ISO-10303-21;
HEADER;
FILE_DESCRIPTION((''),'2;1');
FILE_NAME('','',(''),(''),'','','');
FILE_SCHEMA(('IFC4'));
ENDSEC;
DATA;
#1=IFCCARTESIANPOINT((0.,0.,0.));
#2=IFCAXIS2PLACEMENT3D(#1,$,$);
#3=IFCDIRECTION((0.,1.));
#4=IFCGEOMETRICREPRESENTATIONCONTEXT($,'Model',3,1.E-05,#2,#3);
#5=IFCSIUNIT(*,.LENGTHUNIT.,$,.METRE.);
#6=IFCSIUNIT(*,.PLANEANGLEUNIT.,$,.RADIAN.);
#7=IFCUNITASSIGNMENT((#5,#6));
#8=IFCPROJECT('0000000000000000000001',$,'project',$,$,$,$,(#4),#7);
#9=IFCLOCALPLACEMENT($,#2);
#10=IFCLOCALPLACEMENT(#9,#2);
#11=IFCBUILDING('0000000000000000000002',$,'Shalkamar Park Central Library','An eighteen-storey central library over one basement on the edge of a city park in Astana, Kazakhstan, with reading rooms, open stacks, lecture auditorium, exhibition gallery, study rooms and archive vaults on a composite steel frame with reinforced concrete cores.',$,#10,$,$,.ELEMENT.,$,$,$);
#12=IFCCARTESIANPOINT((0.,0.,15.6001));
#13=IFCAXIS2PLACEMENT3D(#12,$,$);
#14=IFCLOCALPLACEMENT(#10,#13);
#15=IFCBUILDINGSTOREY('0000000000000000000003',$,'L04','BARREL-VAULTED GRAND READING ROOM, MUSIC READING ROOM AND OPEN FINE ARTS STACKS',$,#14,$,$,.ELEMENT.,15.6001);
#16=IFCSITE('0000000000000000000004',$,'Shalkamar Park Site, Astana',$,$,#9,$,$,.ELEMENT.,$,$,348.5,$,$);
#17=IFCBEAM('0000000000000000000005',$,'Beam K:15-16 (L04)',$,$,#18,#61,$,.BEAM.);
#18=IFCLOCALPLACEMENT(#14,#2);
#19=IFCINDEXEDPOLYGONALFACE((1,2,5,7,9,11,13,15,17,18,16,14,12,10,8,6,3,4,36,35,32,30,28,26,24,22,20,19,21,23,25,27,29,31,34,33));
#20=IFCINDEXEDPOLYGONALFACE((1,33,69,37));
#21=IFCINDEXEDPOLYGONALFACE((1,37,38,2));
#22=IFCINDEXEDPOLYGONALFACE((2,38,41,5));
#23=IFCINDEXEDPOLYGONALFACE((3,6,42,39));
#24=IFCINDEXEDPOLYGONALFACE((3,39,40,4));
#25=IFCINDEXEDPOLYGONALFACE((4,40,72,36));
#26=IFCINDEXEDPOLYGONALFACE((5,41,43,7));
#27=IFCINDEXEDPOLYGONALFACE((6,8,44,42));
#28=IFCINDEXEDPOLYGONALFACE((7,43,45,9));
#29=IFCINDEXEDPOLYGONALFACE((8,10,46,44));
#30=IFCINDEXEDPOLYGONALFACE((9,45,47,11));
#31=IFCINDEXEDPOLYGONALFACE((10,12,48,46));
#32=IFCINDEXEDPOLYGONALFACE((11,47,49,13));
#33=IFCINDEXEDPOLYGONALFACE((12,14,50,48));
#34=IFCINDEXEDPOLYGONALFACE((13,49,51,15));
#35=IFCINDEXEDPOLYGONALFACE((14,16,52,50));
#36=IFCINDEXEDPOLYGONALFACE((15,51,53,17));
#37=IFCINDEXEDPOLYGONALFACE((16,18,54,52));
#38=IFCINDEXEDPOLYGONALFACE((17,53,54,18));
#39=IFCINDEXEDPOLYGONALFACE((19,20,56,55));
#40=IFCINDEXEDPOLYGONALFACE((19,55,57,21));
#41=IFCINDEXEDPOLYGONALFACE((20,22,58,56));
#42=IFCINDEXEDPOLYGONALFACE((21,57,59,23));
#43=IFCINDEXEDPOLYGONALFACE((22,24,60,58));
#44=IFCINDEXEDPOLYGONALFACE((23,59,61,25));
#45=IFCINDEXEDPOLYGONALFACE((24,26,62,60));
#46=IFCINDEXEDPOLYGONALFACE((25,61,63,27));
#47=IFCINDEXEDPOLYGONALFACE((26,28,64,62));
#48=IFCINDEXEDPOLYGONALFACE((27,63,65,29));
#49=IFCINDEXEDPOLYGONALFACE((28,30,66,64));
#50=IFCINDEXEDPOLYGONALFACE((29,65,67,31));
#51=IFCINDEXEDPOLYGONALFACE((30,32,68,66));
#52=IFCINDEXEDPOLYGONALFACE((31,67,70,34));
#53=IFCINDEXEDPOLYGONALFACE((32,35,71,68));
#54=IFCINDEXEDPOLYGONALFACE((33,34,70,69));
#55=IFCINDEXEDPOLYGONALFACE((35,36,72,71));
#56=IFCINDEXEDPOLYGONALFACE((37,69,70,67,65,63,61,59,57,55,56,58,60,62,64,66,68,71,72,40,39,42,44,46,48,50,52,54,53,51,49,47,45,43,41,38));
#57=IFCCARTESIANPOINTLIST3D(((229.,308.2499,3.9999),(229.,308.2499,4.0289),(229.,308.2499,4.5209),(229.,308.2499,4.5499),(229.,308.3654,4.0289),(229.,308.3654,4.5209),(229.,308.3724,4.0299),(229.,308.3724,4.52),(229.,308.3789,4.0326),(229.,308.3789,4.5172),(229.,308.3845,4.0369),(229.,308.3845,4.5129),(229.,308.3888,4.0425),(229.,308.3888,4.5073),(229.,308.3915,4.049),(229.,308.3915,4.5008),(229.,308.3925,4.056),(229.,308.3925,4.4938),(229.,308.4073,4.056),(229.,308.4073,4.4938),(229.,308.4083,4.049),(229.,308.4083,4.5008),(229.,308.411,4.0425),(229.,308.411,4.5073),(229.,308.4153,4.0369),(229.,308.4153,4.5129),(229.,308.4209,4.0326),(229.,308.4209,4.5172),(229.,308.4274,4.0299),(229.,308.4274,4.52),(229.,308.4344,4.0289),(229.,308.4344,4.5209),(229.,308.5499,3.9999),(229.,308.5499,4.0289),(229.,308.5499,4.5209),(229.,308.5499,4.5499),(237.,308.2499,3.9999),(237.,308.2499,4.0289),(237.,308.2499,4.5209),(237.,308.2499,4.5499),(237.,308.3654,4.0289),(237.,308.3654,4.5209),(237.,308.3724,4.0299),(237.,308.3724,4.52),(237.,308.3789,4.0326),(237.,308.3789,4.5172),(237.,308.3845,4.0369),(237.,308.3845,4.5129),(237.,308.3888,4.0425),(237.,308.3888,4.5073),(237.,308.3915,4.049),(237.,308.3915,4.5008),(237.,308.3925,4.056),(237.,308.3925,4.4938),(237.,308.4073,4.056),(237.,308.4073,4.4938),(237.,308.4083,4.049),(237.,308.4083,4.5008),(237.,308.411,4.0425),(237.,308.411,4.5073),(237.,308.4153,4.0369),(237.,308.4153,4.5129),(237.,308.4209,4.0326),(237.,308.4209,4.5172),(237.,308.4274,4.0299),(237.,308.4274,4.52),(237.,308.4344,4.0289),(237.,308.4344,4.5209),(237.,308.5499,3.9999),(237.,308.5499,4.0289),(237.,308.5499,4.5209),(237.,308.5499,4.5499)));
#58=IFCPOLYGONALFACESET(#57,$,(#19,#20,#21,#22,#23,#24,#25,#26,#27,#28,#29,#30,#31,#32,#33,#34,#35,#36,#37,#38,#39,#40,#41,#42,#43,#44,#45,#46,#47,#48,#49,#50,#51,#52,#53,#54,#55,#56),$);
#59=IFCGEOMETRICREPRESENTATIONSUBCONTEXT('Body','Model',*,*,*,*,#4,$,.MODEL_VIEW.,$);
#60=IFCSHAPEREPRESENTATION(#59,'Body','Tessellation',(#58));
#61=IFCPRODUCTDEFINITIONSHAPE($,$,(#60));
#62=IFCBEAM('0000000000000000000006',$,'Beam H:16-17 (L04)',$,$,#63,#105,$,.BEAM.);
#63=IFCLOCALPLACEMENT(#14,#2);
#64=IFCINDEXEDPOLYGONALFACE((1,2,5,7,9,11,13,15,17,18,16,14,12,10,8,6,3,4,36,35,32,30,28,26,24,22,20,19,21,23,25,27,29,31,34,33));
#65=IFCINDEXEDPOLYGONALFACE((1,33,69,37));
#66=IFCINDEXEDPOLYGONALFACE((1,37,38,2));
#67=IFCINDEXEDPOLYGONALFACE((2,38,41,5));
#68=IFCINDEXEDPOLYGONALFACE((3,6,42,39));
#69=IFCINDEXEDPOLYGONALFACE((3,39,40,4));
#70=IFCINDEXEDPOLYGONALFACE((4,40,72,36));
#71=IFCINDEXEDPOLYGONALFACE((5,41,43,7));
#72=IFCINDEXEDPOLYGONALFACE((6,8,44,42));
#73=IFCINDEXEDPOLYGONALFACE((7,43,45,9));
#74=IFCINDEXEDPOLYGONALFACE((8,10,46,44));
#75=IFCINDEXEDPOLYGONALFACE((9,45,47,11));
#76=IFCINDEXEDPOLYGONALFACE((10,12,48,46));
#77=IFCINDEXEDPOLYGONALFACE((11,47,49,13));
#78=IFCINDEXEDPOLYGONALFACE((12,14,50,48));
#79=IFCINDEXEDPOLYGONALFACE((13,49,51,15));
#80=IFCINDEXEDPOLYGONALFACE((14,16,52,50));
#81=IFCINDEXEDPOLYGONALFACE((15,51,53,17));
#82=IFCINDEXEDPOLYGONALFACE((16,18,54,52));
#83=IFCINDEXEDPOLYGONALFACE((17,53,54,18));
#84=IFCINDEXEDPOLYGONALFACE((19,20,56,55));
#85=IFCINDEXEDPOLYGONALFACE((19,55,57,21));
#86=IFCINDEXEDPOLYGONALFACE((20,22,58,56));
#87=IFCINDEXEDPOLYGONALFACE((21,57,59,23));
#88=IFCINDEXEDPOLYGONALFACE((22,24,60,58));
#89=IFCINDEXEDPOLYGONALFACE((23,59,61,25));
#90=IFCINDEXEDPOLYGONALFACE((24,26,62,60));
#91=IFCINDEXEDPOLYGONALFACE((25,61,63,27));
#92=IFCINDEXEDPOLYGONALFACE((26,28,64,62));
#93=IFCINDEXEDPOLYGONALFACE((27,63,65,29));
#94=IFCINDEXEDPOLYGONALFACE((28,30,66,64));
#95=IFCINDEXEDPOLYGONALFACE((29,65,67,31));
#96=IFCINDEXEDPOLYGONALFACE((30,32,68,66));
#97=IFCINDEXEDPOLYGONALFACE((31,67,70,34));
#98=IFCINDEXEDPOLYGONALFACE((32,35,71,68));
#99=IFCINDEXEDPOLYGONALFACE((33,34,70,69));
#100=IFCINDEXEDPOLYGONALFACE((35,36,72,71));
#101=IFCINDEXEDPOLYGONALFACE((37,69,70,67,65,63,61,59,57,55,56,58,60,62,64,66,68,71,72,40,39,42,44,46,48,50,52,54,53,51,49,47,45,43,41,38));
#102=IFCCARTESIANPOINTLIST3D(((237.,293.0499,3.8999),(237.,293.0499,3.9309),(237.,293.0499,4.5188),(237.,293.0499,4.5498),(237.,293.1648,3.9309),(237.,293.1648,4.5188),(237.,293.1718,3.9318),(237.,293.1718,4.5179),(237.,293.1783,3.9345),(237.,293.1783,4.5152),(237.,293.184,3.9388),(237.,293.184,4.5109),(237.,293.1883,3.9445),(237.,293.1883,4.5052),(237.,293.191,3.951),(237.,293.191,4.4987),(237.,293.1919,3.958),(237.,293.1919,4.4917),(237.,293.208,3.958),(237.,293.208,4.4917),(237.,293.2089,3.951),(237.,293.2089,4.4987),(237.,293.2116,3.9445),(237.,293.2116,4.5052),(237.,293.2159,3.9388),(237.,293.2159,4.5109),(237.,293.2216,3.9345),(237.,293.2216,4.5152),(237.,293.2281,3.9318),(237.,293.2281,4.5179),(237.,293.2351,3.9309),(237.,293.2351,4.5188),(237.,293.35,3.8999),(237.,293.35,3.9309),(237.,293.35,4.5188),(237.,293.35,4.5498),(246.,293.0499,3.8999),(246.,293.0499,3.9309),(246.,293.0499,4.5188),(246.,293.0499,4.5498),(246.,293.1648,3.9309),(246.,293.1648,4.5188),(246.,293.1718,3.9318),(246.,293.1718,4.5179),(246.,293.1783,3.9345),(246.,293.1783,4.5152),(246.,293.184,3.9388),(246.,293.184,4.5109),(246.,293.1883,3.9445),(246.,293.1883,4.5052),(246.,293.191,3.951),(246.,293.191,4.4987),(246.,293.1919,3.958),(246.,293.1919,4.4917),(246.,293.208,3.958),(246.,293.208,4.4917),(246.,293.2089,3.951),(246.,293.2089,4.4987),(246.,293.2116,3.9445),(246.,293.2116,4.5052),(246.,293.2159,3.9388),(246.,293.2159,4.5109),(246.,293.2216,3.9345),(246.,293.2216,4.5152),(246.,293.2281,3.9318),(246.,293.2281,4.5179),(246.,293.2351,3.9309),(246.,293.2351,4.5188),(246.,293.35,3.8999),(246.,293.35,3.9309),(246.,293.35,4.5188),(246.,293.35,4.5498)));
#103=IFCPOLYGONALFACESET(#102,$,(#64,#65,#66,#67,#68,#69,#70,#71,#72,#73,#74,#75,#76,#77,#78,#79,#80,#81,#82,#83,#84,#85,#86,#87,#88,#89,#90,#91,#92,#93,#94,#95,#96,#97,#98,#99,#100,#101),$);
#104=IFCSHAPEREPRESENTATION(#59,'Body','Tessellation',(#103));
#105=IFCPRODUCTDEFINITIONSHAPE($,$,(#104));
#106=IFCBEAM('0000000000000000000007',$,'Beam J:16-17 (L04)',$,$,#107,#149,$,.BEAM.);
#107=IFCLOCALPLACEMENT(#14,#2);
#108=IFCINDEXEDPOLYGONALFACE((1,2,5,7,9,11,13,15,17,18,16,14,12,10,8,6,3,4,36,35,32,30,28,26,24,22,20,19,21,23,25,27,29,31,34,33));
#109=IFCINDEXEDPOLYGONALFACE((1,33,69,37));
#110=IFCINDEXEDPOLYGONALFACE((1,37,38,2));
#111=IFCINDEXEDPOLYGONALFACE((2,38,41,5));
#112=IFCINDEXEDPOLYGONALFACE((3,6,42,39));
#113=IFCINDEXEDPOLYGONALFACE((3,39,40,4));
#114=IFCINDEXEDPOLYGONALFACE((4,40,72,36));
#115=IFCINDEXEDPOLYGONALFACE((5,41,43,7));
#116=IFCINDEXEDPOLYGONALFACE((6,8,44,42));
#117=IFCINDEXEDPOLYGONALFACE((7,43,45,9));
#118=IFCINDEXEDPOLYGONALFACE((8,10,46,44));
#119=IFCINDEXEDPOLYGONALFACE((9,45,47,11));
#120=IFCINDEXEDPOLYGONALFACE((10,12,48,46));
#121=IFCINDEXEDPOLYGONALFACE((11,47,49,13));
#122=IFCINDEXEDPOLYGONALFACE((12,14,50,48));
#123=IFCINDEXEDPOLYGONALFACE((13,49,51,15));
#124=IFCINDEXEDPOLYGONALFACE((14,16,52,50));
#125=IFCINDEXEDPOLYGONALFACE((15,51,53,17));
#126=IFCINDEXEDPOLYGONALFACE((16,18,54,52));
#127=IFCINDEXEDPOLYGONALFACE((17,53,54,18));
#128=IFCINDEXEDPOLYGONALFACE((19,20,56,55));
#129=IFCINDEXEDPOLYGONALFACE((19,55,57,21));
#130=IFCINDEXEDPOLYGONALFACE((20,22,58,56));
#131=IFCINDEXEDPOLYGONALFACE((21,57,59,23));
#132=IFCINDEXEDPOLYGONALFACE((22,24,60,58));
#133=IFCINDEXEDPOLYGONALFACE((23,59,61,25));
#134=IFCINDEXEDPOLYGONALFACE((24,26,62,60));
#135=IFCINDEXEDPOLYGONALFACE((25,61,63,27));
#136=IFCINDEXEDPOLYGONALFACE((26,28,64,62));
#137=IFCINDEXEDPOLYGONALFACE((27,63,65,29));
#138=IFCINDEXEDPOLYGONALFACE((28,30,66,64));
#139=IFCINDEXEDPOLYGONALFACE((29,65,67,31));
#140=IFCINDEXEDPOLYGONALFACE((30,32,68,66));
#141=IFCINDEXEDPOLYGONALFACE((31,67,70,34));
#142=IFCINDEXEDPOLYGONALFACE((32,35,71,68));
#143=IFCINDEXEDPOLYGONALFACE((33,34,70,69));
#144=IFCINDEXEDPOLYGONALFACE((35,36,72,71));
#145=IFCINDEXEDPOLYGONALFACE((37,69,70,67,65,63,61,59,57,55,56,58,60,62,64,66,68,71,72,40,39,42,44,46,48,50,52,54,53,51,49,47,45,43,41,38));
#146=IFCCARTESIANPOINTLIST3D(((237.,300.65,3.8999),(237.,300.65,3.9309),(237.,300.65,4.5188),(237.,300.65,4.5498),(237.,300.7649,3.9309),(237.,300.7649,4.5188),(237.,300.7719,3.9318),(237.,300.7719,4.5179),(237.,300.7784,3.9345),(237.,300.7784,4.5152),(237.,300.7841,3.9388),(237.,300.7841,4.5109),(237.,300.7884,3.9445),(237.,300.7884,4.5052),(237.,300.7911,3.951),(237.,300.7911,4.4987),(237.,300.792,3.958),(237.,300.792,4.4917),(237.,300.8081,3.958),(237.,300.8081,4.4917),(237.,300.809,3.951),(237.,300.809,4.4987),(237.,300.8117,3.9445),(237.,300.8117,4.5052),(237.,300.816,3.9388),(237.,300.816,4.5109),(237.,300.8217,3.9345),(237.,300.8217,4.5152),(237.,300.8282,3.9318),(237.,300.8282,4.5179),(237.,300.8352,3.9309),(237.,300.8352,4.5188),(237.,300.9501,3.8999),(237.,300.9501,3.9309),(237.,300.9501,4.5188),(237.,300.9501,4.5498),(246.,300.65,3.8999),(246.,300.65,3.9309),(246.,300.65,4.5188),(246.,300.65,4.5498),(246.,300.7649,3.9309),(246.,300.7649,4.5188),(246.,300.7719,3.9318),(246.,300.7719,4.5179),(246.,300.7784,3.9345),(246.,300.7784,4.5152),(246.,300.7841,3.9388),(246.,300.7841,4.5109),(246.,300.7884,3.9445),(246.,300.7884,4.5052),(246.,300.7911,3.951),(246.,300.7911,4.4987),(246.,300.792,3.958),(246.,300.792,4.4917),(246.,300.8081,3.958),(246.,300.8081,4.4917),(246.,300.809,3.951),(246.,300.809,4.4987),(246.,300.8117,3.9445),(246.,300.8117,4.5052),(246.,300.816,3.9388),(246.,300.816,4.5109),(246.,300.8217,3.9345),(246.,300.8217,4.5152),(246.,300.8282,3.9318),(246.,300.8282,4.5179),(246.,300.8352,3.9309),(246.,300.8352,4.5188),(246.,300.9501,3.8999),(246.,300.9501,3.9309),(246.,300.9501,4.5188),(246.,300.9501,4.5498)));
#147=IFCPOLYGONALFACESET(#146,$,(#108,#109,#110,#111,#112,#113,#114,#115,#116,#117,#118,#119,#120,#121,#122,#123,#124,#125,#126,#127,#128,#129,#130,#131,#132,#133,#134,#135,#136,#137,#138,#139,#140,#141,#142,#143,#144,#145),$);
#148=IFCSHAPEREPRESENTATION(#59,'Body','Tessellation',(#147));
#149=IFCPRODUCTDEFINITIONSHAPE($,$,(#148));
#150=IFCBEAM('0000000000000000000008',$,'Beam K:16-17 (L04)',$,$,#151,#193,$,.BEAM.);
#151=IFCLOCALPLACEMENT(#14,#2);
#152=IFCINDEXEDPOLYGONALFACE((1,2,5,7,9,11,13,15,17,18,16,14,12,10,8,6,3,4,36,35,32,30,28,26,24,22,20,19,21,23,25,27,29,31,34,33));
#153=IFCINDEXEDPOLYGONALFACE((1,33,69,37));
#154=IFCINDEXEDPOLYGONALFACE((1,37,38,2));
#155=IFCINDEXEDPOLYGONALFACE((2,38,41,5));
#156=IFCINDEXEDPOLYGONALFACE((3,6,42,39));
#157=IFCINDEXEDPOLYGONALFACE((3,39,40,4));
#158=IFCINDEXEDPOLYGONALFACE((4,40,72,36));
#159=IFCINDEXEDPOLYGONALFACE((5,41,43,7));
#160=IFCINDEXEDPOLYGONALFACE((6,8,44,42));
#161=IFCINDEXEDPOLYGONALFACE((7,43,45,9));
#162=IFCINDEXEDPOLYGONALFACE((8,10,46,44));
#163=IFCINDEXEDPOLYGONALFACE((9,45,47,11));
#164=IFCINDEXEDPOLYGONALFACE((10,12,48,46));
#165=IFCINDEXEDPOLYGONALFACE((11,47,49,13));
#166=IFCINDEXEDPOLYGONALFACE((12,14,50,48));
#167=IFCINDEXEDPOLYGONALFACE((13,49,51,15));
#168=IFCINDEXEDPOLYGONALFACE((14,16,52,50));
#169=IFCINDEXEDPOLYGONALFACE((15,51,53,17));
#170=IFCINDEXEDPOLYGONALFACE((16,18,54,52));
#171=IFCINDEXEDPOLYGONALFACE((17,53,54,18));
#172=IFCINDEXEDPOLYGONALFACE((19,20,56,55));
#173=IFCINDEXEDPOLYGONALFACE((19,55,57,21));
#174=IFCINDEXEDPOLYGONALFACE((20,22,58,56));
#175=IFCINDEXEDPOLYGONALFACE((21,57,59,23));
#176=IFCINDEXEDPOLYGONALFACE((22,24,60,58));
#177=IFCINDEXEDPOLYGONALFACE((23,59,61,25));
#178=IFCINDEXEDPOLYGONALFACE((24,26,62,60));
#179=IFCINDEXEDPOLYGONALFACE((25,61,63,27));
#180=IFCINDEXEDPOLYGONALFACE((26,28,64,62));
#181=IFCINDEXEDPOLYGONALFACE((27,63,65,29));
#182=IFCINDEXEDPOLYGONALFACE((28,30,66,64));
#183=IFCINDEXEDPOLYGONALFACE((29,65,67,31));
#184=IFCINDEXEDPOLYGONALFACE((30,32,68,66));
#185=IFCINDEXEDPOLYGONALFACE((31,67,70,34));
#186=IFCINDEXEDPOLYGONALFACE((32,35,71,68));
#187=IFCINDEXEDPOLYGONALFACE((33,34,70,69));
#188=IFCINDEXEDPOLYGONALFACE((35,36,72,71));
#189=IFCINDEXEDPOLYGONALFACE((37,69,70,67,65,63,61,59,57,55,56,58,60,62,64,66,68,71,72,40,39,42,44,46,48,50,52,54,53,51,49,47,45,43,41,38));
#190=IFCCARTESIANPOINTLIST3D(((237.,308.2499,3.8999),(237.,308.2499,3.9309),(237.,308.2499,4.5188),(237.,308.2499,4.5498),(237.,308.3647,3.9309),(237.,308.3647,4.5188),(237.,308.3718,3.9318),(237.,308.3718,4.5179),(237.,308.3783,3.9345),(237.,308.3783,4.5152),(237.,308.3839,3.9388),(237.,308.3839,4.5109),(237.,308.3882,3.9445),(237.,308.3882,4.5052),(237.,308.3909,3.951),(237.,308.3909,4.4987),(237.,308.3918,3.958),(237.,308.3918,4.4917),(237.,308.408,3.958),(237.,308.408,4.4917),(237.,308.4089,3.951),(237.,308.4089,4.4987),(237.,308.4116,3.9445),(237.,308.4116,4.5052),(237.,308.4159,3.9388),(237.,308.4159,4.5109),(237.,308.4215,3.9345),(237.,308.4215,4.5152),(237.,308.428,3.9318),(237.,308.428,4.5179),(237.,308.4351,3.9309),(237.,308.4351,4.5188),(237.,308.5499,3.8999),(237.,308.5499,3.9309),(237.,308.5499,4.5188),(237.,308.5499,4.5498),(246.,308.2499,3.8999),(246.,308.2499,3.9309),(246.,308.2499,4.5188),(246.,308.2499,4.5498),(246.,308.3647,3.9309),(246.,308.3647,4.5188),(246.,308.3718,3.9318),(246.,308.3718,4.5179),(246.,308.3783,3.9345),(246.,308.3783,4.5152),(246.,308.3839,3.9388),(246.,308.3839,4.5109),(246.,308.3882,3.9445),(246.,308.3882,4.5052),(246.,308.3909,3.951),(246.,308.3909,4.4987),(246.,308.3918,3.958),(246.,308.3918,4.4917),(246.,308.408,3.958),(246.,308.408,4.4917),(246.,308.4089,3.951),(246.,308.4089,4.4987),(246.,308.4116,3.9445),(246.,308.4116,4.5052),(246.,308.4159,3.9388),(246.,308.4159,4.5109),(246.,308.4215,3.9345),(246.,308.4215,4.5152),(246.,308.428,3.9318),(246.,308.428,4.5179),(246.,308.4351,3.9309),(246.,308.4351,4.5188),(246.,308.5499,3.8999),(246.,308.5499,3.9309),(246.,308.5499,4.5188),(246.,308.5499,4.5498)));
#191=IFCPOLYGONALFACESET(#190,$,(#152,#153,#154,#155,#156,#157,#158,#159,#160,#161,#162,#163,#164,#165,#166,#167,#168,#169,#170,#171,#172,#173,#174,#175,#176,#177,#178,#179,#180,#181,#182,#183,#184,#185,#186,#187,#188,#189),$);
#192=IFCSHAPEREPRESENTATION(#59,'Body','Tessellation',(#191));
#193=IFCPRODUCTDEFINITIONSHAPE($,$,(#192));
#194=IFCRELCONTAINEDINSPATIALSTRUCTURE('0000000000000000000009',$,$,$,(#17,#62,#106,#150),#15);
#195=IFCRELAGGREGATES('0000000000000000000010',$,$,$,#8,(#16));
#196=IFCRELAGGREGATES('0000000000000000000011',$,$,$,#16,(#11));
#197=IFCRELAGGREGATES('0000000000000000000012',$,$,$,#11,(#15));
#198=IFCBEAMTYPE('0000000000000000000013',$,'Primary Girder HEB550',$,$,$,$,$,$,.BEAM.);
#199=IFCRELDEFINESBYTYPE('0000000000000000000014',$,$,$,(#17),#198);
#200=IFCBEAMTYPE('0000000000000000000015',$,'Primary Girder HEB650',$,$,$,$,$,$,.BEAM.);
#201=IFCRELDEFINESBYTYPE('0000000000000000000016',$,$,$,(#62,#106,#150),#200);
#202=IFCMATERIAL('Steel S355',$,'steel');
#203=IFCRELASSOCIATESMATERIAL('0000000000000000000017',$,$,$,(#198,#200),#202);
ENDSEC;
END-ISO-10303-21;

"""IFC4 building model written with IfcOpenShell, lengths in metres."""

from ifc_helpers import new_model, si_unit, direction, frame, origin, origin_2d, place, context, subcontext, project, spatial, i_section, extrude, material, material_profile, profile_set, type_object, element, save


model = new_model("IFC4")

# Units and contexts
model_context = context("Model", 3, precision=1e-05, world=origin(), true_north=direction((0.0, 1.0)))
body_context = subcontext(model_context, "Body", "Model", "MODEL_VIEW")
ifc_project = project(units=[si_unit("LENGTHUNIT", "METRE"), si_unit("PLANEANGLEUNIT", "RADIAN")], contexts=[model_context])

# Site, building, storey
site_placement = place(None, origin())
site = spatial("IfcSite", under=ifc_project, at=site_placement, Name="Shalkamar Park Site, Astana", CompositionType="ELEMENT", RefElevation=348.5)
building_placement = place(site_placement, origin())
building = spatial("IfcBuilding", under=site, at=building_placement, Name="Shalkamar Park Central Library", Description="An eighteen-storey central library over one basement on the edge of a city park in Astana, Kazakhstan, with reading rooms, open stacks, lecture auditorium, exhibition gallery, study rooms and archive vaults on a composite steel frame with reinforced concrete cores.", CompositionType="ELEMENT")
storey_placement = place(building_placement, frame((0.0, 0.0, 15.6001)))
storey = spatial("IfcBuildingStorey", under=building, at=storey_placement, Name="L04", Description="BARREL-VAULTED GRAND READING ROOM, MUSIC READING ROOM AND OPEN FINE ARTS STACKS", CompositionType="ELEMENT", Elevation=15.6001)

# Shared definitions
ifc_material = material(Name="Steel S355", Category="steel")

# Beams
ifc_material_profile_1 = material_profile(ifc_material, i_section(OverallWidth=0.3, OverallDepth=0.55, WebThickness=0.0149, FlangeThickness=0.0291, FilletRadius=0.0271, at=origin_2d()), Name="HEB 550")
ifc_profile_set_1 = profile_set([ifc_material_profile_1], Name="Steel S355")
beam_type_1 = type_object("IfcBeamType", Name="Primary Girder HEB550", PredefinedType="BEAM", material=ifc_profile_set_1)
for number, where, z_axis, x_axis, name in (
    (1, (229.0, 308.3999, 4.2749), (1.0, 0.0, 0.0), (0.0, 1.0, 0.0), "Beam K:15-16 (L04)"),
):
    element("IfcBeam", number, at=place(storey_placement, frame(where, z_axis=z_axis, x_axis=x_axis)), inside=storey, type_object=beam_type_1, Name=name, PredefinedType="BEAM", context=body_context, shape_type="SweptSolid", body=[
        extrude(i_section(OverallWidth=0.3, OverallDepth=0.55, WebThickness=0.0149, FlangeThickness=0.0291, FilletRadius=0.0271, at=origin_2d()), origin(), (0.0, 0.0, 1.0), 8.0),
    ])
ifc_material_profile_2 = material_profile(ifc_material, i_section(OverallWidth=0.3, OverallDepth=0.6499, WebThickness=0.0161, FlangeThickness=0.031, FilletRadius=0.0271, at=origin_2d()), Name="HEB 650")
ifc_profile_set_2 = profile_set([ifc_material_profile_2], Name="Steel S355")
beam_type_2 = type_object("IfcBeamType", Name="Primary Girder HEB650", PredefinedType="BEAM", material=ifc_profile_set_2)
for number, where, z_axis, x_axis, name in (
    (2, (237.0, 293.2, 4.2249), (1.0, 0.0, 0.0), (0.0, 1.0, 0.0), "Beam H:16-17 (L04)"),
    (3, (237.0, 300.8, 4.2249), (1.0, 0.0, 0.0), (0.0, 1.0, 0.0), "Beam J:16-17 (L04)"),
    (4, (237.0, 308.3999, 4.2249), (1.0, 0.0, 0.0), (0.0, 1.0, 0.0), "Beam K:16-17 (L04)"),
):
    element("IfcBeam", number, at=place(storey_placement, frame(where, z_axis=z_axis, x_axis=x_axis)), inside=storey, type_object=beam_type_2, Name=name, PredefinedType="BEAM", context=body_context, shape_type="SweptSolid", body=[
        extrude(i_section(OverallWidth=0.3, OverallDepth=0.6499, WebThickness=0.0161, FlangeThickness=0.031, FilletRadius=0.0271, at=origin_2d()), origin(), (0.0, 0.0, 1.0), 9.0),
    ])

save(model, "model.ifc")
